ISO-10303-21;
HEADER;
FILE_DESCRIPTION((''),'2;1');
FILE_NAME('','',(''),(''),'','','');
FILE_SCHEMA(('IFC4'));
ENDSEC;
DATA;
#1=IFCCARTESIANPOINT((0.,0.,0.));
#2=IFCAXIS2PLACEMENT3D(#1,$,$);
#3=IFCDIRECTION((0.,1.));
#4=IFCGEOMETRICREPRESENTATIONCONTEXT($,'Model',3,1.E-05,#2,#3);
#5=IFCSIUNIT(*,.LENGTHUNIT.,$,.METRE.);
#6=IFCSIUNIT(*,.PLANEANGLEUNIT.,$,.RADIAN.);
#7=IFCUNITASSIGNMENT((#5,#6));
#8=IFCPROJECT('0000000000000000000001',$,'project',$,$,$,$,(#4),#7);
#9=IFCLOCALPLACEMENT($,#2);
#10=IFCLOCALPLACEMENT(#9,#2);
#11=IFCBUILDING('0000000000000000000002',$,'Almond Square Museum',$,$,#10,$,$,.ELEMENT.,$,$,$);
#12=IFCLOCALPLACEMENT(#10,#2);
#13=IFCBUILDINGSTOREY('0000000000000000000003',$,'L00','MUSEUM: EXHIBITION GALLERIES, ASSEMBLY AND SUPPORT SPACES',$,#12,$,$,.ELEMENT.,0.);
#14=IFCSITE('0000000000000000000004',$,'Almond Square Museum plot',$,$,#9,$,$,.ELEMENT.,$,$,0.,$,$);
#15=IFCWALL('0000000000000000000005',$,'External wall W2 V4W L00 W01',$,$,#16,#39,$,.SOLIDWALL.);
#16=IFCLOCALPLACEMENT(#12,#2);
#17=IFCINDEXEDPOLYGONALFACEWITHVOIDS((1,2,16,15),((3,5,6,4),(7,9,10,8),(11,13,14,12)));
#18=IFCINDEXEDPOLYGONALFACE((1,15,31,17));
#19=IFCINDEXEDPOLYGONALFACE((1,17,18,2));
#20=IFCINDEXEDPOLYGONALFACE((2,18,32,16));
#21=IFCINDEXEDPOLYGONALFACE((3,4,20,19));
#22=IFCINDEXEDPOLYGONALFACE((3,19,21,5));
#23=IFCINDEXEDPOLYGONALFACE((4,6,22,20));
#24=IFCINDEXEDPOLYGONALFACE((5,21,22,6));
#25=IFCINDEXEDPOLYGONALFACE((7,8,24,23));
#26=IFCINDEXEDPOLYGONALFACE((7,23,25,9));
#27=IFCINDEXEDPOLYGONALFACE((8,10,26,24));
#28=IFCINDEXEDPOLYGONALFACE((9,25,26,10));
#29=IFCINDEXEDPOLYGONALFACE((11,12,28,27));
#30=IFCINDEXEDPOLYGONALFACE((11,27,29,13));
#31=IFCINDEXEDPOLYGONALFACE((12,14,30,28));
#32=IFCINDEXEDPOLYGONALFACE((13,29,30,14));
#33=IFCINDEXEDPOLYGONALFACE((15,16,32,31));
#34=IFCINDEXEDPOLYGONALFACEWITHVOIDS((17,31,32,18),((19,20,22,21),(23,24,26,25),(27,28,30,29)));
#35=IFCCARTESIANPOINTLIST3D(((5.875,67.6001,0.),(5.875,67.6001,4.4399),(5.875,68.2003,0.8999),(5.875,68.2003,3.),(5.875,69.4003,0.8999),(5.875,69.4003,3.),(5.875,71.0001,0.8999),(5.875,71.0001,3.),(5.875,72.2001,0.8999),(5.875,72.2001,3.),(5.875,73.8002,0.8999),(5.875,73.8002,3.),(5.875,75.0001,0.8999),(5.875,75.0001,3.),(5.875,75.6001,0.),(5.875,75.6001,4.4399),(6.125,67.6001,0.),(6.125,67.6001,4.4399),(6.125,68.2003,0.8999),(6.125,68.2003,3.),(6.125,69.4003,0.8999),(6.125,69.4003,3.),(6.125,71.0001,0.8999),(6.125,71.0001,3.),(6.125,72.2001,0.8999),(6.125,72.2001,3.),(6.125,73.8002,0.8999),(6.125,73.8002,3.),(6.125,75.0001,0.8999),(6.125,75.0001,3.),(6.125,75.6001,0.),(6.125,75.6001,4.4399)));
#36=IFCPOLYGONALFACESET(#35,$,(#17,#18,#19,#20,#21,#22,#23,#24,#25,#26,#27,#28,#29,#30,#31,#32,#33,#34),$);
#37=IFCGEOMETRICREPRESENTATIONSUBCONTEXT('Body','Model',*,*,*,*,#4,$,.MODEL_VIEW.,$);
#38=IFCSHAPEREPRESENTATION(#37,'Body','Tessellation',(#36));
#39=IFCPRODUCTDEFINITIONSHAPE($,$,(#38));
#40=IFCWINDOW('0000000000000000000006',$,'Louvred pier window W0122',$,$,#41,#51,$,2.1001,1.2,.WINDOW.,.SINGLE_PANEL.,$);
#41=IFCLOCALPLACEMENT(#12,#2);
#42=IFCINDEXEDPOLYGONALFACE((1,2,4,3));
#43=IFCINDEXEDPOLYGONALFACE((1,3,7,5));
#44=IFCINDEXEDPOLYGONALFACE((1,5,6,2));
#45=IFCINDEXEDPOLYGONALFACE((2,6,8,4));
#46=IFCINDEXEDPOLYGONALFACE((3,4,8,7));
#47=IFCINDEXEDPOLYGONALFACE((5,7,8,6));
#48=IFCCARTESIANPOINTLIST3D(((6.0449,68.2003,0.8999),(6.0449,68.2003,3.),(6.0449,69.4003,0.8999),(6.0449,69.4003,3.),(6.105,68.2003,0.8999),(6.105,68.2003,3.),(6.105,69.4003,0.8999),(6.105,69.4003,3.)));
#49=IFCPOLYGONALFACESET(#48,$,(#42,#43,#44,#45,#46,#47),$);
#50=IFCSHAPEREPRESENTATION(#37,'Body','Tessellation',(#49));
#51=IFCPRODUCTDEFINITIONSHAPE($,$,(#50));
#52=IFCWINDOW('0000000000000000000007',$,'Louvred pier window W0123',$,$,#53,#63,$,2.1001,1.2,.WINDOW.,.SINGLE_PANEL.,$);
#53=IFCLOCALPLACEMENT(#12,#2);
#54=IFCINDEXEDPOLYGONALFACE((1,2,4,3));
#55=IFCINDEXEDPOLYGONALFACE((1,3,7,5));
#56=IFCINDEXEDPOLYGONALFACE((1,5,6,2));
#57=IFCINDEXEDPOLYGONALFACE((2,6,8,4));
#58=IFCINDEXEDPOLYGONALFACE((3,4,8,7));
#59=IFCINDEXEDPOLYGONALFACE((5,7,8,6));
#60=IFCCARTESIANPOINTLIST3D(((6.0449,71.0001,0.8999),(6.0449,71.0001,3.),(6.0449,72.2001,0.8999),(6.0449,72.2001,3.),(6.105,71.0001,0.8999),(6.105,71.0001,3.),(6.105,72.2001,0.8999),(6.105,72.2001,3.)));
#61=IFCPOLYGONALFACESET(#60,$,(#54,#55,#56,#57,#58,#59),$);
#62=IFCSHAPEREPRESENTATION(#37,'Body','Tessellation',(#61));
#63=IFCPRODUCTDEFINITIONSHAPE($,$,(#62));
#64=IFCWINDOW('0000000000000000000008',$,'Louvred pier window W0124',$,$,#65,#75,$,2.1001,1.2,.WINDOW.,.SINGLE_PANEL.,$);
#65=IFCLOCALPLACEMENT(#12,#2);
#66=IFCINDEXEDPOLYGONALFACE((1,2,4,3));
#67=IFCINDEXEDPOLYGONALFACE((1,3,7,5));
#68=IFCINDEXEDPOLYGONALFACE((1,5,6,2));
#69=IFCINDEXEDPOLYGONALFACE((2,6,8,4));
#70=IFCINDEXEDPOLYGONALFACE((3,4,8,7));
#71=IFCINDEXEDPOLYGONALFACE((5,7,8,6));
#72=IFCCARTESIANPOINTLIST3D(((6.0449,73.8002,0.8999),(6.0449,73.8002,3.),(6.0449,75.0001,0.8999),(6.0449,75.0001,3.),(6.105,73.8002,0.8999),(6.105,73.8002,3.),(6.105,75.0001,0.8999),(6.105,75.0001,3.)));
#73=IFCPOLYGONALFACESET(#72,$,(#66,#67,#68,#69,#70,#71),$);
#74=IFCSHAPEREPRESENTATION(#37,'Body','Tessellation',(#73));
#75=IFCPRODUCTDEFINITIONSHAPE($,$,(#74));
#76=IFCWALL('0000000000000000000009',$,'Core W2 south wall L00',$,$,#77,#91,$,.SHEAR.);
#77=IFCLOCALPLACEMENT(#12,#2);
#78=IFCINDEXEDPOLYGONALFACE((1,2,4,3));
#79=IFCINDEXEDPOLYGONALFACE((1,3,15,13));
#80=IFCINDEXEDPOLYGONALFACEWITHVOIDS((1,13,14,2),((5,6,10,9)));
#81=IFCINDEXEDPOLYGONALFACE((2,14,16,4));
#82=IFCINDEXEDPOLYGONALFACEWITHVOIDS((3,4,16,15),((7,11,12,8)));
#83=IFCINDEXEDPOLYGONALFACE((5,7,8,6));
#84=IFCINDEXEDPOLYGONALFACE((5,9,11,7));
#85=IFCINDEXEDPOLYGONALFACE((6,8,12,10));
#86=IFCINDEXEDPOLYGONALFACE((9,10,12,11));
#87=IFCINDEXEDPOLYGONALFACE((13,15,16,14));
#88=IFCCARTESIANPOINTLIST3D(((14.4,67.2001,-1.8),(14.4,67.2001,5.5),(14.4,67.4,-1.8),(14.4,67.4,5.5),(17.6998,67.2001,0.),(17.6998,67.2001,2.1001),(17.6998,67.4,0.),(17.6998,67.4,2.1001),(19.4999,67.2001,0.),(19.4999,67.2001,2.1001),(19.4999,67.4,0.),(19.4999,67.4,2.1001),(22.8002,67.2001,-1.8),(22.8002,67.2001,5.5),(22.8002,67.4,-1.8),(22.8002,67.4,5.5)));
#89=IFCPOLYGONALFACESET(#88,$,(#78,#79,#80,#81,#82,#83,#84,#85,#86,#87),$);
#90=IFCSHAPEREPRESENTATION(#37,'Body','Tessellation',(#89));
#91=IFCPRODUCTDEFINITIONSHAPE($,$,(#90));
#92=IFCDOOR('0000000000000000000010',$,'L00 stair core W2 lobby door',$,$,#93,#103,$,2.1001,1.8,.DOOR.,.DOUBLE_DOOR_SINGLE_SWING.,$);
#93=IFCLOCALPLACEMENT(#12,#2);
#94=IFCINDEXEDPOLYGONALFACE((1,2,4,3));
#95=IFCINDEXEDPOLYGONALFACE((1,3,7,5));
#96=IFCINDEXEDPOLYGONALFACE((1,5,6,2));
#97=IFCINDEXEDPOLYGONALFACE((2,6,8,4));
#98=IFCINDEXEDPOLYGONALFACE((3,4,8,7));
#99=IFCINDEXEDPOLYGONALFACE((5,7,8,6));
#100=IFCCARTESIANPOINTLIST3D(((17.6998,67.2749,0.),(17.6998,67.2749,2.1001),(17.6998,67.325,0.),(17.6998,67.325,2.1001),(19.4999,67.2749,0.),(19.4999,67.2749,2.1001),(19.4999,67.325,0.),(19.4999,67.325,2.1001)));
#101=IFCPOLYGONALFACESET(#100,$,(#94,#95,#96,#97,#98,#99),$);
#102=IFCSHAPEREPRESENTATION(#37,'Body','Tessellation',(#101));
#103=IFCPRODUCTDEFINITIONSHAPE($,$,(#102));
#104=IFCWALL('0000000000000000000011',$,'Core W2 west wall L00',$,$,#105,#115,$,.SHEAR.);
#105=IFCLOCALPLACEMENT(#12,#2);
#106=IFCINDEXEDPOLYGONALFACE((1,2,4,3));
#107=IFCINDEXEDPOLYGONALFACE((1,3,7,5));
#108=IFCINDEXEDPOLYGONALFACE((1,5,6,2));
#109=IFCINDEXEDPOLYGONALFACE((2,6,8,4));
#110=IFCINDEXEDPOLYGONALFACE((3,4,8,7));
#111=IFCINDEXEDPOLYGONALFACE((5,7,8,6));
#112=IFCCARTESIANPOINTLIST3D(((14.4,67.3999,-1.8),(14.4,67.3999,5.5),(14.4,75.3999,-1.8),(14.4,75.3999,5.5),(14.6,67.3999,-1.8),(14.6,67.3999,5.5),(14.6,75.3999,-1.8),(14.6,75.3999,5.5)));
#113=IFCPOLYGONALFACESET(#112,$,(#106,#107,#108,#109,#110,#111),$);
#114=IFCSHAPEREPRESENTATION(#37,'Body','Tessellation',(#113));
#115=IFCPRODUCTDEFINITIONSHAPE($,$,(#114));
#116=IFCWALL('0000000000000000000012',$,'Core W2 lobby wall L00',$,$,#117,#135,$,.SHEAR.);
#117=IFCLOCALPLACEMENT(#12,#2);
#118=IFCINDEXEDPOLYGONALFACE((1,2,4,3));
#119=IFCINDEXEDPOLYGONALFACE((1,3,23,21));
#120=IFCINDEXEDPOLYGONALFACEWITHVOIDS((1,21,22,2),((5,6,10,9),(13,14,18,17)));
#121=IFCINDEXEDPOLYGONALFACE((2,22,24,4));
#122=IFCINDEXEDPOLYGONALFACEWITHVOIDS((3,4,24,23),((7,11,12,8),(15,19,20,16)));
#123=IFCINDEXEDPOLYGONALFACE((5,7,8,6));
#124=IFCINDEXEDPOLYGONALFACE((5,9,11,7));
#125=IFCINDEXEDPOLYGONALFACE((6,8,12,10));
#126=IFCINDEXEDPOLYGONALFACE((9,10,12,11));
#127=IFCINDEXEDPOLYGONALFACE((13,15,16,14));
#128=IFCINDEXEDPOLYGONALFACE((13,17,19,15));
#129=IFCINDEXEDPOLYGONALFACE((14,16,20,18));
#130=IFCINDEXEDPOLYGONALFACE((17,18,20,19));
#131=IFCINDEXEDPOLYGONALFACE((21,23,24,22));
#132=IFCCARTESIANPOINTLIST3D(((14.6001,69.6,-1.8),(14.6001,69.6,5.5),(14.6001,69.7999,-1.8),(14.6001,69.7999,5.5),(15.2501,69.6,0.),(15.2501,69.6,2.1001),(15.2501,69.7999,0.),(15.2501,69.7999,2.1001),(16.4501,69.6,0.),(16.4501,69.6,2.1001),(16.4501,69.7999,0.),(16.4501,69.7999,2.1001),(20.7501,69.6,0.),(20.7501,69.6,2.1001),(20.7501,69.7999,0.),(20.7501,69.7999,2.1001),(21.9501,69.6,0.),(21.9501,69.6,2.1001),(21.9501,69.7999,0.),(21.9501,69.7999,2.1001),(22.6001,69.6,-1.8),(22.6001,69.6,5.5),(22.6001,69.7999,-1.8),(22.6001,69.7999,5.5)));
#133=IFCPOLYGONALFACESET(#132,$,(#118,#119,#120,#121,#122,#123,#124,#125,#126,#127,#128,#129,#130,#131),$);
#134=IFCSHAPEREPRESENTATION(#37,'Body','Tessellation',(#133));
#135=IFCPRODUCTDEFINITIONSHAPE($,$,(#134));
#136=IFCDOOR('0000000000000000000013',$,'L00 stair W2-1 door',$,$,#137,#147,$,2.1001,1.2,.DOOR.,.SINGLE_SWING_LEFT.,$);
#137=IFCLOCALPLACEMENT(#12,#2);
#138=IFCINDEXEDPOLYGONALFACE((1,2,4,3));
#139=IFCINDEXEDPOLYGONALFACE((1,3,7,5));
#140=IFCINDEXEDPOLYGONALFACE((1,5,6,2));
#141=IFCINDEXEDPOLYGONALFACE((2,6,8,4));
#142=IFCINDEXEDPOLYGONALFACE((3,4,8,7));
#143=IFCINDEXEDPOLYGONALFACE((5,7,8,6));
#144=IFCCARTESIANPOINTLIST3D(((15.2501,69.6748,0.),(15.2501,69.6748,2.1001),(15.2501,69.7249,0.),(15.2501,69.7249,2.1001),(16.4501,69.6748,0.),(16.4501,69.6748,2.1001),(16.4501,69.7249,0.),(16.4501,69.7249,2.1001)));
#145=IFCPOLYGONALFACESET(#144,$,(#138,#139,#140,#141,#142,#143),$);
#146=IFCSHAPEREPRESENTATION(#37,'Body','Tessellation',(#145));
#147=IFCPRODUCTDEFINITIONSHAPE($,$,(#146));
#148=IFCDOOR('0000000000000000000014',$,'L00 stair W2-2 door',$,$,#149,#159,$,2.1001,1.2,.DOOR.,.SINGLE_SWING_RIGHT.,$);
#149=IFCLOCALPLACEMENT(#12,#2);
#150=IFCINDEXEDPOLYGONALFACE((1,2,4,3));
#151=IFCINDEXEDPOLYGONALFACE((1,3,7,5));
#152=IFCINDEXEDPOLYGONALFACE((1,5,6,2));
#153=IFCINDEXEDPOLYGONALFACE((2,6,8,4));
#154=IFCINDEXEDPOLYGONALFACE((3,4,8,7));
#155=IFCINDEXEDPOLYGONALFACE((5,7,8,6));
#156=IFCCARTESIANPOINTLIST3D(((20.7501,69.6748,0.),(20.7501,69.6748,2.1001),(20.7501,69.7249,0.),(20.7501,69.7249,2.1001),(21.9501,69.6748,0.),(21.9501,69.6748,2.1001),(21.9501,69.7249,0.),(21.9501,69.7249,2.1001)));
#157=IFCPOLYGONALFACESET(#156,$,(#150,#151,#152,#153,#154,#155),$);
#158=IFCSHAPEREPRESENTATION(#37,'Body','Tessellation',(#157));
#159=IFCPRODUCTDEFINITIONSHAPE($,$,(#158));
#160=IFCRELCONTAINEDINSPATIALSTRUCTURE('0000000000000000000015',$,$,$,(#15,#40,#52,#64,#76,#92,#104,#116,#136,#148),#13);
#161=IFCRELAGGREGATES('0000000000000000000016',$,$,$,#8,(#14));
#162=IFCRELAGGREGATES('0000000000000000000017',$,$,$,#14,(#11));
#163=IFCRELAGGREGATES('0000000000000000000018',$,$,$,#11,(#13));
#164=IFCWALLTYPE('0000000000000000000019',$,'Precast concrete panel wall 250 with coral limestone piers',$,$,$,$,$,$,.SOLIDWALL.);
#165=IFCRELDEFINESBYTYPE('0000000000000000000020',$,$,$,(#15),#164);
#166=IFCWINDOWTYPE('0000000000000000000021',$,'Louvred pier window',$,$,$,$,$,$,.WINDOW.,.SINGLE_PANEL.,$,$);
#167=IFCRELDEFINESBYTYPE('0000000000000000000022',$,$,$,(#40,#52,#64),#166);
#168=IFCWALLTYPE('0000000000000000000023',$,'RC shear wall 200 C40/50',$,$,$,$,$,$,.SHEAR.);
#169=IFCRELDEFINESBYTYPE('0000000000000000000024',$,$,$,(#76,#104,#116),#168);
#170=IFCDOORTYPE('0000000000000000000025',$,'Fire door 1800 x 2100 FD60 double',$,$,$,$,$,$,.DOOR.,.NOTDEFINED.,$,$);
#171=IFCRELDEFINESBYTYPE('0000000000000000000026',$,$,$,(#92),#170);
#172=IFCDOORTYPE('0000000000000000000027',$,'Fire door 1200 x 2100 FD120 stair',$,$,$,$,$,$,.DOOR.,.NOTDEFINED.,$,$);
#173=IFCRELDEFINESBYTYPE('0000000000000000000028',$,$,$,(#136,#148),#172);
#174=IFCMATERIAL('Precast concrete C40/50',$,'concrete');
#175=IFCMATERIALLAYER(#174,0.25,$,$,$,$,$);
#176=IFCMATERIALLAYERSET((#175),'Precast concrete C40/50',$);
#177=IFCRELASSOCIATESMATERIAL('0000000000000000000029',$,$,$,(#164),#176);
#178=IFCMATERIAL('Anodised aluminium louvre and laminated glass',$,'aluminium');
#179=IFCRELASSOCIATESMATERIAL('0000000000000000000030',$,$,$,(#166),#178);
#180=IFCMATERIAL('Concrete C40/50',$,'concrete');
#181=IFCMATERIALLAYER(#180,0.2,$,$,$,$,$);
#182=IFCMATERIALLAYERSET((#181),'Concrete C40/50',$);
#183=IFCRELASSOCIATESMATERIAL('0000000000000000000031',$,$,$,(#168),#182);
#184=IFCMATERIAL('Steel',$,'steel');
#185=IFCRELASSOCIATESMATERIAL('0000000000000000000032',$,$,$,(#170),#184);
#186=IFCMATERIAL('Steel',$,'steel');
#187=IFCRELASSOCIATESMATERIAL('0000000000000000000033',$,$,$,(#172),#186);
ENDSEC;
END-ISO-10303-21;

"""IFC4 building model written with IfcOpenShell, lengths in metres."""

from ifc_helpers import new_model, si_unit, direction, frame, frame_2d, origin, place, context, subcontext, project, spatial, rectangle, extrude, material, layer, layer_set, type_object, element, fill, save


model = new_model("IFC4")

# Units and contexts
model_context = context("Model", 3, precision=1e-05, world=origin(), true_north=direction((0.0, 1.0)))
body_context = subcontext(model_context, "Body", "Model", "MODEL_VIEW")
ifc_project = project(units=[si_unit("LENGTHUNIT", "METRE"), si_unit("PLANEANGLEUNIT", "RADIAN")], contexts=[model_context])

# Site, building, storey
site_placement = place(None, origin())
site = spatial("IfcSite", under=ifc_project, at=site_placement, Name="Almond Square Museum plot", CompositionType="ELEMENT", RefElevation=0.0)
building_placement = place(site_placement, origin())
building = spatial("IfcBuilding", under=site, at=building_placement, Name="Almond Square Museum", CompositionType="ELEMENT")
storey_placement = place(building_placement, origin())
storey = spatial("IfcBuildingStorey", under=building, at=storey_placement, Name="L00", Description="MUSEUM: EXHIBITION GALLERIES, ASSEMBLY AND SUPPORT SPACES", CompositionType="ELEMENT", Elevation=0.0)

# Wall, openings, windows
ifc_material_1 = material(Name="Precast concrete C40/50", Category="concrete")
ifc_layer_1 = layer(ifc_material_1, 0.25)
ifc_layer_set_1 = layer_set([ifc_layer_1], Name="Precast concrete C40/50")
wall_type_1 = type_object("IfcWallType", Name="Precast concrete panel wall 250 with coral limestone piers", PredefinedType="SOLIDWALL", material=ifc_layer_set_1)
wall_1_placement = place(storey_placement, frame((6.0, 67.6001, 0.0), z_axis=(0.0, 0.0, 1.0), x_axis=(0.0, 1.0, 0.0)))
wall_1 = element("IfcWall", 1, at=wall_1_placement, inside=storey, type_object=wall_type_1, Name="External wall W2 V4W L00 W01", PredefinedType="SOLIDWALL", context=body_context, shape_type="SweptSolid", body=[
    extrude(rectangle(XDim=8.0, YDim=0.25, at=frame_2d((4.0, 0.0))), origin(), (0.0, 0.0, 1.0), 4.4399),
])
opening_1_placement = place(wall_1_placement, frame((0.6001, 0.0, 0.8999)))
opening_1 = element("IfcOpeningElement", 2, at=opening_1_placement, cuts=wall_1, PredefinedType="OPENING", context=body_context, shape_type="SweptSolid", body=[
    extrude(rectangle(XDim=1.2, YDim=2.1001, at=frame_2d((0.6001, 1.05))), frame((0.0, 0.135, 0.0), z_axis=(0.0, -1.0, 0.0), x_axis=(1.0, 0.0, 0.0)), (0.0, 0.0, 1.0), 0.27),
])
opening_2_placement = place(wall_1_placement, frame((3.3999, 0.0, 0.8999)))
opening_2 = element("IfcOpeningElement", 3, at=opening_2_placement, cuts=wall_1, PredefinedType="OPENING", context=body_context, shape_type="SweptSolid", body=[
    extrude(rectangle(XDim=1.2, YDim=2.1001, at=frame_2d((0.6001, 1.05))), frame((0.0, 0.135, 0.0), z_axis=(0.0, -1.0, 0.0), x_axis=(1.0, 0.0, 0.0)), (0.0, 0.0, 1.0), 0.27),
])
opening_3_placement = place(wall_1_placement, frame((6.2, 0.0, 0.8999)))
opening_3 = element("IfcOpeningElement", 4, at=opening_3_placement, cuts=wall_1, PredefinedType="OPENING", context=body_context, shape_type="SweptSolid", body=[
    extrude(rectangle(XDim=1.2, YDim=2.1001, at=frame_2d((0.6001, 1.05))), frame((0.0, 0.135, 0.0), z_axis=(0.0, -1.0, 0.0), x_axis=(1.0, 0.0, 0.0)), (0.0, 0.0, 1.0), 0.27),
])
ifc_material_2 = material(Name="Anodised aluminium louvre and laminated glass", Category="aluminium")
window_type = type_object("IfcWindowType", Name="Louvred pier window", PartitioningType="SINGLE_PANEL", PredefinedType="WINDOW", material=ifc_material_2)
window_1_placement = place(opening_1_placement, origin())
window_1 = element("IfcWindow", 5, at=window_1_placement, inside=storey, type_object=window_type, Name="Louvred pier window W0122", OverallHeight=2.1001, OverallWidth=1.2, PartitioningType="SINGLE_PANEL", PredefinedType="WINDOW", context=body_context, shape_type="SweptSolid", body=[
    extrude(rectangle(XDim=1.2, YDim=2.1001, at=frame_2d((0.6001, 1.05))), frame((0.0, -0.0449, 0.0), z_axis=(0.0, -1.0, 0.0), x_axis=(1.0, 0.0, 0.0)), (0.0, 0.0, 1.0), 0.0601),
])
fill(opening_1, window_1)
window_2_placement = place(opening_2_placement, origin())
window_2 = element("IfcWindow", 6, at=window_2_placement, inside=storey, type_object=window_type, Name="Louvred pier window W0123", OverallHeight=2.1001, OverallWidth=1.2, PartitioningType="SINGLE_PANEL", PredefinedType="WINDOW", context=body_context, shape_type="SweptSolid", body=[
    extrude(rectangle(XDim=1.2, YDim=2.1001, at=frame_2d((0.6001, 1.05))), frame((0.0, -0.0449, 0.0), z_axis=(0.0, -1.0, 0.0), x_axis=(1.0, 0.0, 0.0)), (0.0, 0.0, 1.0), 0.0601),
])
fill(opening_2, window_2)
window_3_placement = place(opening_3_placement, origin())
window_3 = element("IfcWindow", 7, at=window_3_placement, inside=storey, type_object=window_type, Name="Louvred pier window W0124", OverallHeight=2.1001, OverallWidth=1.2, PartitioningType="SINGLE_PANEL", PredefinedType="WINDOW", context=body_context, shape_type="SweptSolid", body=[
    extrude(rectangle(XDim=1.2, YDim=2.1001, at=frame_2d((0.6001, 1.05))), frame((0.0, -0.0449, 0.0), z_axis=(0.0, -1.0, 0.0), x_axis=(1.0, 0.0, 0.0)), (0.0, 0.0, 1.0), 0.0601),
])
fill(opening_3, window_3)

# Wall, opening, door
ifc_material_3 = material(Name="Concrete C40/50", Category="concrete")
ifc_layer_2 = layer(ifc_material_3, 0.2)
ifc_layer_set_2 = layer_set([ifc_layer_2], Name="Concrete C40/50")
wall_type_2 = type_object("IfcWallType", Name="RC shear wall 200 C40/50", PredefinedType="SHEAR", material=ifc_layer_set_2)
wall_2_placement = place(storey_placement, frame((14.3999, 67.3, -1.8), z_axis=(0.0, 0.0, 1.0), x_axis=(1.0, 0.0, 0.0)))
wall_2 = element("IfcWall", 8, at=wall_2_placement, inside=storey, type_object=wall_type_2, Name="Core W2 south wall L00", PredefinedType="SHEAR", context=body_context, shape_type="SweptSolid", body=[
    extrude(rectangle(XDim=8.4001, YDim=0.2, at=frame_2d((4.2002, 0.0))), origin(), (0.0, 0.0, 1.0), 7.3),
])
opening_4_placement = place(wall_2_placement, frame((3.3, 0.0, 1.8)))
opening_4 = element("IfcOpeningElement", 9, at=opening_4_placement, cuts=wall_2, PredefinedType="OPENING", context=body_context, shape_type="SweptSolid", body=[
    extrude(rectangle(XDim=1.8, YDim=2.1001, at=frame_2d((0.8999, 1.05))), frame((0.0, 0.1099, 0.0), z_axis=(0.0, -1.0, 0.0), x_axis=(1.0, 0.0, 0.0)), (0.0, 0.0, 1.0), 0.22),
])
ifc_material_4 = material(Name="Steel", Category="steel")
door_type_1 = type_object("IfcDoorType", Name="Fire door 1800 x 2100 FD60 double", OperationType="NOTDEFINED", PredefinedType="DOOR", material=ifc_material_4)
door_1_placement = place(opening_4_placement, origin())
door_1 = element("IfcDoor", 10, at=door_1_placement, inside=storey, type_object=door_type_1, Name="L00 stair core W2 lobby door", OperationType="DOUBLE_DOOR_SINGLE_SWING", OverallHeight=2.1001, OverallWidth=1.8, PredefinedType="DOOR", context=body_context, shape_type="SweptSolid", body=[
    extrude(rectangle(XDim=1.8, YDim=2.1001, at=frame_2d((0.8999, 1.05))), frame((0.0, 0.0249, 0.0), z_axis=(0.0, -1.0, 0.0), x_axis=(1.0, 0.0, 0.0)), (0.0, 0.0, 1.0), 0.05),
])
fill(opening_4, door_1)

# Wall
wall_3_placement = place(storey_placement, frame((14.5, 67.3999, -1.8), z_axis=(0.0, 0.0, 1.0), x_axis=(0.0, 1.0, 0.0)))
element("IfcWall", 11, at=wall_3_placement, inside=storey, type_object=wall_type_2, Name="Core W2 west wall L00", PredefinedType="SHEAR", context=body_context, shape_type="SweptSolid", body=[
    extrude(rectangle(XDim=8.0, YDim=0.2, at=frame_2d((4.0, 0.0))), origin(), (0.0, 0.0, 1.0), 7.3),
])

# Wall, openings, doors
wall_4_placement = place(storey_placement, frame((14.6001, 69.7, -1.8), z_axis=(0.0, 0.0, 1.0), x_axis=(1.0, 0.0, 0.0)))
wall_4 = element("IfcWall", 12, at=wall_4_placement, inside=storey, type_object=wall_type_2, Name="Core W2 lobby wall L00", PredefinedType="SHEAR", context=body_context, shape_type="SweptSolid", body=[
    extrude(rectangle(XDim=8.0, YDim=0.2, at=frame_2d((4.0, 0.0))), origin(), (0.0, 0.0, 1.0), 7.3),
])
opening_5_placement = place(wall_4_placement, frame((0.6499, 0.0, 1.8)))
opening_5 = element("IfcOpeningElement", 13, at=opening_5_placement, cuts=wall_4, PredefinedType="OPENING", context=body_context, shape_type="SweptSolid", body=[
    extrude(rectangle(XDim=1.2, YDim=2.1001, at=frame_2d((0.6001, 1.05))), frame((0.0, 0.1099, 0.0), z_axis=(0.0, -1.0, 0.0), x_axis=(1.0, 0.0, 0.0)), (0.0, 0.0, 1.0), 0.22),
])
opening_6_placement = place(wall_4_placement, frame((6.1499, 0.0, 1.8)))
opening_6 = element("IfcOpeningElement", 14, at=opening_6_placement, cuts=wall_4, PredefinedType="OPENING", context=body_context, shape_type="SweptSolid", body=[
    extrude(rectangle(XDim=1.2, YDim=2.1001, at=frame_2d((0.6001, 1.05))), frame((0.0, 0.1099, 0.0), z_axis=(0.0, -1.0, 0.0), x_axis=(1.0, 0.0, 0.0)), (0.0, 0.0, 1.0), 0.22),
])
ifc_material_5 = material(Name="Steel", Category="steel")
door_type_2 = type_object("IfcDoorType", Name="Fire door 1200 x 2100 FD120 stair", OperationType="NOTDEFINED", PredefinedType="DOOR", material=ifc_material_5)
door_2_placement = place(opening_5_placement, origin())
door_2 = element("IfcDoor", 15, at=door_2_placement, inside=storey, type_object=door_type_2, Name="L00 stair W2-1 door", OperationType="SINGLE_SWING_LEFT", OverallHeight=2.1001, OverallWidth=1.2, PredefinedType="DOOR", context=body_context, shape_type="SweptSolid", body=[
    extrude(rectangle(XDim=1.2, YDim=2.1001, at=frame_2d((0.6001, 1.05))), frame((0.0, 0.0249, 0.0), z_axis=(0.0, -1.0, 0.0), x_axis=(1.0, 0.0, 0.0)), (0.0, 0.0, 1.0), 0.05),
])
fill(opening_5, door_2)
door_3_placement = place(opening_6_placement, origin())
door_3 = element("IfcDoor", 16, at=door_3_placement, inside=storey, type_object=door_type_2, Name="L00 stair W2-2 door", OperationType="SINGLE_SWING_RIGHT", OverallHeight=2.1001, OverallWidth=1.2, PredefinedType="DOOR", context=body_context, shape_type="SweptSolid", body=[
    extrude(rectangle(XDim=1.2, YDim=2.1001, at=frame_2d((0.6001, 1.05))), frame((0.0, 0.0249, 0.0), z_axis=(0.0, -1.0, 0.0), x_axis=(1.0, 0.0, 0.0)), (0.0, 0.0, 1.0), 0.05),
])
fill(opening_6, door_3)

save(model, "model.ifc")
